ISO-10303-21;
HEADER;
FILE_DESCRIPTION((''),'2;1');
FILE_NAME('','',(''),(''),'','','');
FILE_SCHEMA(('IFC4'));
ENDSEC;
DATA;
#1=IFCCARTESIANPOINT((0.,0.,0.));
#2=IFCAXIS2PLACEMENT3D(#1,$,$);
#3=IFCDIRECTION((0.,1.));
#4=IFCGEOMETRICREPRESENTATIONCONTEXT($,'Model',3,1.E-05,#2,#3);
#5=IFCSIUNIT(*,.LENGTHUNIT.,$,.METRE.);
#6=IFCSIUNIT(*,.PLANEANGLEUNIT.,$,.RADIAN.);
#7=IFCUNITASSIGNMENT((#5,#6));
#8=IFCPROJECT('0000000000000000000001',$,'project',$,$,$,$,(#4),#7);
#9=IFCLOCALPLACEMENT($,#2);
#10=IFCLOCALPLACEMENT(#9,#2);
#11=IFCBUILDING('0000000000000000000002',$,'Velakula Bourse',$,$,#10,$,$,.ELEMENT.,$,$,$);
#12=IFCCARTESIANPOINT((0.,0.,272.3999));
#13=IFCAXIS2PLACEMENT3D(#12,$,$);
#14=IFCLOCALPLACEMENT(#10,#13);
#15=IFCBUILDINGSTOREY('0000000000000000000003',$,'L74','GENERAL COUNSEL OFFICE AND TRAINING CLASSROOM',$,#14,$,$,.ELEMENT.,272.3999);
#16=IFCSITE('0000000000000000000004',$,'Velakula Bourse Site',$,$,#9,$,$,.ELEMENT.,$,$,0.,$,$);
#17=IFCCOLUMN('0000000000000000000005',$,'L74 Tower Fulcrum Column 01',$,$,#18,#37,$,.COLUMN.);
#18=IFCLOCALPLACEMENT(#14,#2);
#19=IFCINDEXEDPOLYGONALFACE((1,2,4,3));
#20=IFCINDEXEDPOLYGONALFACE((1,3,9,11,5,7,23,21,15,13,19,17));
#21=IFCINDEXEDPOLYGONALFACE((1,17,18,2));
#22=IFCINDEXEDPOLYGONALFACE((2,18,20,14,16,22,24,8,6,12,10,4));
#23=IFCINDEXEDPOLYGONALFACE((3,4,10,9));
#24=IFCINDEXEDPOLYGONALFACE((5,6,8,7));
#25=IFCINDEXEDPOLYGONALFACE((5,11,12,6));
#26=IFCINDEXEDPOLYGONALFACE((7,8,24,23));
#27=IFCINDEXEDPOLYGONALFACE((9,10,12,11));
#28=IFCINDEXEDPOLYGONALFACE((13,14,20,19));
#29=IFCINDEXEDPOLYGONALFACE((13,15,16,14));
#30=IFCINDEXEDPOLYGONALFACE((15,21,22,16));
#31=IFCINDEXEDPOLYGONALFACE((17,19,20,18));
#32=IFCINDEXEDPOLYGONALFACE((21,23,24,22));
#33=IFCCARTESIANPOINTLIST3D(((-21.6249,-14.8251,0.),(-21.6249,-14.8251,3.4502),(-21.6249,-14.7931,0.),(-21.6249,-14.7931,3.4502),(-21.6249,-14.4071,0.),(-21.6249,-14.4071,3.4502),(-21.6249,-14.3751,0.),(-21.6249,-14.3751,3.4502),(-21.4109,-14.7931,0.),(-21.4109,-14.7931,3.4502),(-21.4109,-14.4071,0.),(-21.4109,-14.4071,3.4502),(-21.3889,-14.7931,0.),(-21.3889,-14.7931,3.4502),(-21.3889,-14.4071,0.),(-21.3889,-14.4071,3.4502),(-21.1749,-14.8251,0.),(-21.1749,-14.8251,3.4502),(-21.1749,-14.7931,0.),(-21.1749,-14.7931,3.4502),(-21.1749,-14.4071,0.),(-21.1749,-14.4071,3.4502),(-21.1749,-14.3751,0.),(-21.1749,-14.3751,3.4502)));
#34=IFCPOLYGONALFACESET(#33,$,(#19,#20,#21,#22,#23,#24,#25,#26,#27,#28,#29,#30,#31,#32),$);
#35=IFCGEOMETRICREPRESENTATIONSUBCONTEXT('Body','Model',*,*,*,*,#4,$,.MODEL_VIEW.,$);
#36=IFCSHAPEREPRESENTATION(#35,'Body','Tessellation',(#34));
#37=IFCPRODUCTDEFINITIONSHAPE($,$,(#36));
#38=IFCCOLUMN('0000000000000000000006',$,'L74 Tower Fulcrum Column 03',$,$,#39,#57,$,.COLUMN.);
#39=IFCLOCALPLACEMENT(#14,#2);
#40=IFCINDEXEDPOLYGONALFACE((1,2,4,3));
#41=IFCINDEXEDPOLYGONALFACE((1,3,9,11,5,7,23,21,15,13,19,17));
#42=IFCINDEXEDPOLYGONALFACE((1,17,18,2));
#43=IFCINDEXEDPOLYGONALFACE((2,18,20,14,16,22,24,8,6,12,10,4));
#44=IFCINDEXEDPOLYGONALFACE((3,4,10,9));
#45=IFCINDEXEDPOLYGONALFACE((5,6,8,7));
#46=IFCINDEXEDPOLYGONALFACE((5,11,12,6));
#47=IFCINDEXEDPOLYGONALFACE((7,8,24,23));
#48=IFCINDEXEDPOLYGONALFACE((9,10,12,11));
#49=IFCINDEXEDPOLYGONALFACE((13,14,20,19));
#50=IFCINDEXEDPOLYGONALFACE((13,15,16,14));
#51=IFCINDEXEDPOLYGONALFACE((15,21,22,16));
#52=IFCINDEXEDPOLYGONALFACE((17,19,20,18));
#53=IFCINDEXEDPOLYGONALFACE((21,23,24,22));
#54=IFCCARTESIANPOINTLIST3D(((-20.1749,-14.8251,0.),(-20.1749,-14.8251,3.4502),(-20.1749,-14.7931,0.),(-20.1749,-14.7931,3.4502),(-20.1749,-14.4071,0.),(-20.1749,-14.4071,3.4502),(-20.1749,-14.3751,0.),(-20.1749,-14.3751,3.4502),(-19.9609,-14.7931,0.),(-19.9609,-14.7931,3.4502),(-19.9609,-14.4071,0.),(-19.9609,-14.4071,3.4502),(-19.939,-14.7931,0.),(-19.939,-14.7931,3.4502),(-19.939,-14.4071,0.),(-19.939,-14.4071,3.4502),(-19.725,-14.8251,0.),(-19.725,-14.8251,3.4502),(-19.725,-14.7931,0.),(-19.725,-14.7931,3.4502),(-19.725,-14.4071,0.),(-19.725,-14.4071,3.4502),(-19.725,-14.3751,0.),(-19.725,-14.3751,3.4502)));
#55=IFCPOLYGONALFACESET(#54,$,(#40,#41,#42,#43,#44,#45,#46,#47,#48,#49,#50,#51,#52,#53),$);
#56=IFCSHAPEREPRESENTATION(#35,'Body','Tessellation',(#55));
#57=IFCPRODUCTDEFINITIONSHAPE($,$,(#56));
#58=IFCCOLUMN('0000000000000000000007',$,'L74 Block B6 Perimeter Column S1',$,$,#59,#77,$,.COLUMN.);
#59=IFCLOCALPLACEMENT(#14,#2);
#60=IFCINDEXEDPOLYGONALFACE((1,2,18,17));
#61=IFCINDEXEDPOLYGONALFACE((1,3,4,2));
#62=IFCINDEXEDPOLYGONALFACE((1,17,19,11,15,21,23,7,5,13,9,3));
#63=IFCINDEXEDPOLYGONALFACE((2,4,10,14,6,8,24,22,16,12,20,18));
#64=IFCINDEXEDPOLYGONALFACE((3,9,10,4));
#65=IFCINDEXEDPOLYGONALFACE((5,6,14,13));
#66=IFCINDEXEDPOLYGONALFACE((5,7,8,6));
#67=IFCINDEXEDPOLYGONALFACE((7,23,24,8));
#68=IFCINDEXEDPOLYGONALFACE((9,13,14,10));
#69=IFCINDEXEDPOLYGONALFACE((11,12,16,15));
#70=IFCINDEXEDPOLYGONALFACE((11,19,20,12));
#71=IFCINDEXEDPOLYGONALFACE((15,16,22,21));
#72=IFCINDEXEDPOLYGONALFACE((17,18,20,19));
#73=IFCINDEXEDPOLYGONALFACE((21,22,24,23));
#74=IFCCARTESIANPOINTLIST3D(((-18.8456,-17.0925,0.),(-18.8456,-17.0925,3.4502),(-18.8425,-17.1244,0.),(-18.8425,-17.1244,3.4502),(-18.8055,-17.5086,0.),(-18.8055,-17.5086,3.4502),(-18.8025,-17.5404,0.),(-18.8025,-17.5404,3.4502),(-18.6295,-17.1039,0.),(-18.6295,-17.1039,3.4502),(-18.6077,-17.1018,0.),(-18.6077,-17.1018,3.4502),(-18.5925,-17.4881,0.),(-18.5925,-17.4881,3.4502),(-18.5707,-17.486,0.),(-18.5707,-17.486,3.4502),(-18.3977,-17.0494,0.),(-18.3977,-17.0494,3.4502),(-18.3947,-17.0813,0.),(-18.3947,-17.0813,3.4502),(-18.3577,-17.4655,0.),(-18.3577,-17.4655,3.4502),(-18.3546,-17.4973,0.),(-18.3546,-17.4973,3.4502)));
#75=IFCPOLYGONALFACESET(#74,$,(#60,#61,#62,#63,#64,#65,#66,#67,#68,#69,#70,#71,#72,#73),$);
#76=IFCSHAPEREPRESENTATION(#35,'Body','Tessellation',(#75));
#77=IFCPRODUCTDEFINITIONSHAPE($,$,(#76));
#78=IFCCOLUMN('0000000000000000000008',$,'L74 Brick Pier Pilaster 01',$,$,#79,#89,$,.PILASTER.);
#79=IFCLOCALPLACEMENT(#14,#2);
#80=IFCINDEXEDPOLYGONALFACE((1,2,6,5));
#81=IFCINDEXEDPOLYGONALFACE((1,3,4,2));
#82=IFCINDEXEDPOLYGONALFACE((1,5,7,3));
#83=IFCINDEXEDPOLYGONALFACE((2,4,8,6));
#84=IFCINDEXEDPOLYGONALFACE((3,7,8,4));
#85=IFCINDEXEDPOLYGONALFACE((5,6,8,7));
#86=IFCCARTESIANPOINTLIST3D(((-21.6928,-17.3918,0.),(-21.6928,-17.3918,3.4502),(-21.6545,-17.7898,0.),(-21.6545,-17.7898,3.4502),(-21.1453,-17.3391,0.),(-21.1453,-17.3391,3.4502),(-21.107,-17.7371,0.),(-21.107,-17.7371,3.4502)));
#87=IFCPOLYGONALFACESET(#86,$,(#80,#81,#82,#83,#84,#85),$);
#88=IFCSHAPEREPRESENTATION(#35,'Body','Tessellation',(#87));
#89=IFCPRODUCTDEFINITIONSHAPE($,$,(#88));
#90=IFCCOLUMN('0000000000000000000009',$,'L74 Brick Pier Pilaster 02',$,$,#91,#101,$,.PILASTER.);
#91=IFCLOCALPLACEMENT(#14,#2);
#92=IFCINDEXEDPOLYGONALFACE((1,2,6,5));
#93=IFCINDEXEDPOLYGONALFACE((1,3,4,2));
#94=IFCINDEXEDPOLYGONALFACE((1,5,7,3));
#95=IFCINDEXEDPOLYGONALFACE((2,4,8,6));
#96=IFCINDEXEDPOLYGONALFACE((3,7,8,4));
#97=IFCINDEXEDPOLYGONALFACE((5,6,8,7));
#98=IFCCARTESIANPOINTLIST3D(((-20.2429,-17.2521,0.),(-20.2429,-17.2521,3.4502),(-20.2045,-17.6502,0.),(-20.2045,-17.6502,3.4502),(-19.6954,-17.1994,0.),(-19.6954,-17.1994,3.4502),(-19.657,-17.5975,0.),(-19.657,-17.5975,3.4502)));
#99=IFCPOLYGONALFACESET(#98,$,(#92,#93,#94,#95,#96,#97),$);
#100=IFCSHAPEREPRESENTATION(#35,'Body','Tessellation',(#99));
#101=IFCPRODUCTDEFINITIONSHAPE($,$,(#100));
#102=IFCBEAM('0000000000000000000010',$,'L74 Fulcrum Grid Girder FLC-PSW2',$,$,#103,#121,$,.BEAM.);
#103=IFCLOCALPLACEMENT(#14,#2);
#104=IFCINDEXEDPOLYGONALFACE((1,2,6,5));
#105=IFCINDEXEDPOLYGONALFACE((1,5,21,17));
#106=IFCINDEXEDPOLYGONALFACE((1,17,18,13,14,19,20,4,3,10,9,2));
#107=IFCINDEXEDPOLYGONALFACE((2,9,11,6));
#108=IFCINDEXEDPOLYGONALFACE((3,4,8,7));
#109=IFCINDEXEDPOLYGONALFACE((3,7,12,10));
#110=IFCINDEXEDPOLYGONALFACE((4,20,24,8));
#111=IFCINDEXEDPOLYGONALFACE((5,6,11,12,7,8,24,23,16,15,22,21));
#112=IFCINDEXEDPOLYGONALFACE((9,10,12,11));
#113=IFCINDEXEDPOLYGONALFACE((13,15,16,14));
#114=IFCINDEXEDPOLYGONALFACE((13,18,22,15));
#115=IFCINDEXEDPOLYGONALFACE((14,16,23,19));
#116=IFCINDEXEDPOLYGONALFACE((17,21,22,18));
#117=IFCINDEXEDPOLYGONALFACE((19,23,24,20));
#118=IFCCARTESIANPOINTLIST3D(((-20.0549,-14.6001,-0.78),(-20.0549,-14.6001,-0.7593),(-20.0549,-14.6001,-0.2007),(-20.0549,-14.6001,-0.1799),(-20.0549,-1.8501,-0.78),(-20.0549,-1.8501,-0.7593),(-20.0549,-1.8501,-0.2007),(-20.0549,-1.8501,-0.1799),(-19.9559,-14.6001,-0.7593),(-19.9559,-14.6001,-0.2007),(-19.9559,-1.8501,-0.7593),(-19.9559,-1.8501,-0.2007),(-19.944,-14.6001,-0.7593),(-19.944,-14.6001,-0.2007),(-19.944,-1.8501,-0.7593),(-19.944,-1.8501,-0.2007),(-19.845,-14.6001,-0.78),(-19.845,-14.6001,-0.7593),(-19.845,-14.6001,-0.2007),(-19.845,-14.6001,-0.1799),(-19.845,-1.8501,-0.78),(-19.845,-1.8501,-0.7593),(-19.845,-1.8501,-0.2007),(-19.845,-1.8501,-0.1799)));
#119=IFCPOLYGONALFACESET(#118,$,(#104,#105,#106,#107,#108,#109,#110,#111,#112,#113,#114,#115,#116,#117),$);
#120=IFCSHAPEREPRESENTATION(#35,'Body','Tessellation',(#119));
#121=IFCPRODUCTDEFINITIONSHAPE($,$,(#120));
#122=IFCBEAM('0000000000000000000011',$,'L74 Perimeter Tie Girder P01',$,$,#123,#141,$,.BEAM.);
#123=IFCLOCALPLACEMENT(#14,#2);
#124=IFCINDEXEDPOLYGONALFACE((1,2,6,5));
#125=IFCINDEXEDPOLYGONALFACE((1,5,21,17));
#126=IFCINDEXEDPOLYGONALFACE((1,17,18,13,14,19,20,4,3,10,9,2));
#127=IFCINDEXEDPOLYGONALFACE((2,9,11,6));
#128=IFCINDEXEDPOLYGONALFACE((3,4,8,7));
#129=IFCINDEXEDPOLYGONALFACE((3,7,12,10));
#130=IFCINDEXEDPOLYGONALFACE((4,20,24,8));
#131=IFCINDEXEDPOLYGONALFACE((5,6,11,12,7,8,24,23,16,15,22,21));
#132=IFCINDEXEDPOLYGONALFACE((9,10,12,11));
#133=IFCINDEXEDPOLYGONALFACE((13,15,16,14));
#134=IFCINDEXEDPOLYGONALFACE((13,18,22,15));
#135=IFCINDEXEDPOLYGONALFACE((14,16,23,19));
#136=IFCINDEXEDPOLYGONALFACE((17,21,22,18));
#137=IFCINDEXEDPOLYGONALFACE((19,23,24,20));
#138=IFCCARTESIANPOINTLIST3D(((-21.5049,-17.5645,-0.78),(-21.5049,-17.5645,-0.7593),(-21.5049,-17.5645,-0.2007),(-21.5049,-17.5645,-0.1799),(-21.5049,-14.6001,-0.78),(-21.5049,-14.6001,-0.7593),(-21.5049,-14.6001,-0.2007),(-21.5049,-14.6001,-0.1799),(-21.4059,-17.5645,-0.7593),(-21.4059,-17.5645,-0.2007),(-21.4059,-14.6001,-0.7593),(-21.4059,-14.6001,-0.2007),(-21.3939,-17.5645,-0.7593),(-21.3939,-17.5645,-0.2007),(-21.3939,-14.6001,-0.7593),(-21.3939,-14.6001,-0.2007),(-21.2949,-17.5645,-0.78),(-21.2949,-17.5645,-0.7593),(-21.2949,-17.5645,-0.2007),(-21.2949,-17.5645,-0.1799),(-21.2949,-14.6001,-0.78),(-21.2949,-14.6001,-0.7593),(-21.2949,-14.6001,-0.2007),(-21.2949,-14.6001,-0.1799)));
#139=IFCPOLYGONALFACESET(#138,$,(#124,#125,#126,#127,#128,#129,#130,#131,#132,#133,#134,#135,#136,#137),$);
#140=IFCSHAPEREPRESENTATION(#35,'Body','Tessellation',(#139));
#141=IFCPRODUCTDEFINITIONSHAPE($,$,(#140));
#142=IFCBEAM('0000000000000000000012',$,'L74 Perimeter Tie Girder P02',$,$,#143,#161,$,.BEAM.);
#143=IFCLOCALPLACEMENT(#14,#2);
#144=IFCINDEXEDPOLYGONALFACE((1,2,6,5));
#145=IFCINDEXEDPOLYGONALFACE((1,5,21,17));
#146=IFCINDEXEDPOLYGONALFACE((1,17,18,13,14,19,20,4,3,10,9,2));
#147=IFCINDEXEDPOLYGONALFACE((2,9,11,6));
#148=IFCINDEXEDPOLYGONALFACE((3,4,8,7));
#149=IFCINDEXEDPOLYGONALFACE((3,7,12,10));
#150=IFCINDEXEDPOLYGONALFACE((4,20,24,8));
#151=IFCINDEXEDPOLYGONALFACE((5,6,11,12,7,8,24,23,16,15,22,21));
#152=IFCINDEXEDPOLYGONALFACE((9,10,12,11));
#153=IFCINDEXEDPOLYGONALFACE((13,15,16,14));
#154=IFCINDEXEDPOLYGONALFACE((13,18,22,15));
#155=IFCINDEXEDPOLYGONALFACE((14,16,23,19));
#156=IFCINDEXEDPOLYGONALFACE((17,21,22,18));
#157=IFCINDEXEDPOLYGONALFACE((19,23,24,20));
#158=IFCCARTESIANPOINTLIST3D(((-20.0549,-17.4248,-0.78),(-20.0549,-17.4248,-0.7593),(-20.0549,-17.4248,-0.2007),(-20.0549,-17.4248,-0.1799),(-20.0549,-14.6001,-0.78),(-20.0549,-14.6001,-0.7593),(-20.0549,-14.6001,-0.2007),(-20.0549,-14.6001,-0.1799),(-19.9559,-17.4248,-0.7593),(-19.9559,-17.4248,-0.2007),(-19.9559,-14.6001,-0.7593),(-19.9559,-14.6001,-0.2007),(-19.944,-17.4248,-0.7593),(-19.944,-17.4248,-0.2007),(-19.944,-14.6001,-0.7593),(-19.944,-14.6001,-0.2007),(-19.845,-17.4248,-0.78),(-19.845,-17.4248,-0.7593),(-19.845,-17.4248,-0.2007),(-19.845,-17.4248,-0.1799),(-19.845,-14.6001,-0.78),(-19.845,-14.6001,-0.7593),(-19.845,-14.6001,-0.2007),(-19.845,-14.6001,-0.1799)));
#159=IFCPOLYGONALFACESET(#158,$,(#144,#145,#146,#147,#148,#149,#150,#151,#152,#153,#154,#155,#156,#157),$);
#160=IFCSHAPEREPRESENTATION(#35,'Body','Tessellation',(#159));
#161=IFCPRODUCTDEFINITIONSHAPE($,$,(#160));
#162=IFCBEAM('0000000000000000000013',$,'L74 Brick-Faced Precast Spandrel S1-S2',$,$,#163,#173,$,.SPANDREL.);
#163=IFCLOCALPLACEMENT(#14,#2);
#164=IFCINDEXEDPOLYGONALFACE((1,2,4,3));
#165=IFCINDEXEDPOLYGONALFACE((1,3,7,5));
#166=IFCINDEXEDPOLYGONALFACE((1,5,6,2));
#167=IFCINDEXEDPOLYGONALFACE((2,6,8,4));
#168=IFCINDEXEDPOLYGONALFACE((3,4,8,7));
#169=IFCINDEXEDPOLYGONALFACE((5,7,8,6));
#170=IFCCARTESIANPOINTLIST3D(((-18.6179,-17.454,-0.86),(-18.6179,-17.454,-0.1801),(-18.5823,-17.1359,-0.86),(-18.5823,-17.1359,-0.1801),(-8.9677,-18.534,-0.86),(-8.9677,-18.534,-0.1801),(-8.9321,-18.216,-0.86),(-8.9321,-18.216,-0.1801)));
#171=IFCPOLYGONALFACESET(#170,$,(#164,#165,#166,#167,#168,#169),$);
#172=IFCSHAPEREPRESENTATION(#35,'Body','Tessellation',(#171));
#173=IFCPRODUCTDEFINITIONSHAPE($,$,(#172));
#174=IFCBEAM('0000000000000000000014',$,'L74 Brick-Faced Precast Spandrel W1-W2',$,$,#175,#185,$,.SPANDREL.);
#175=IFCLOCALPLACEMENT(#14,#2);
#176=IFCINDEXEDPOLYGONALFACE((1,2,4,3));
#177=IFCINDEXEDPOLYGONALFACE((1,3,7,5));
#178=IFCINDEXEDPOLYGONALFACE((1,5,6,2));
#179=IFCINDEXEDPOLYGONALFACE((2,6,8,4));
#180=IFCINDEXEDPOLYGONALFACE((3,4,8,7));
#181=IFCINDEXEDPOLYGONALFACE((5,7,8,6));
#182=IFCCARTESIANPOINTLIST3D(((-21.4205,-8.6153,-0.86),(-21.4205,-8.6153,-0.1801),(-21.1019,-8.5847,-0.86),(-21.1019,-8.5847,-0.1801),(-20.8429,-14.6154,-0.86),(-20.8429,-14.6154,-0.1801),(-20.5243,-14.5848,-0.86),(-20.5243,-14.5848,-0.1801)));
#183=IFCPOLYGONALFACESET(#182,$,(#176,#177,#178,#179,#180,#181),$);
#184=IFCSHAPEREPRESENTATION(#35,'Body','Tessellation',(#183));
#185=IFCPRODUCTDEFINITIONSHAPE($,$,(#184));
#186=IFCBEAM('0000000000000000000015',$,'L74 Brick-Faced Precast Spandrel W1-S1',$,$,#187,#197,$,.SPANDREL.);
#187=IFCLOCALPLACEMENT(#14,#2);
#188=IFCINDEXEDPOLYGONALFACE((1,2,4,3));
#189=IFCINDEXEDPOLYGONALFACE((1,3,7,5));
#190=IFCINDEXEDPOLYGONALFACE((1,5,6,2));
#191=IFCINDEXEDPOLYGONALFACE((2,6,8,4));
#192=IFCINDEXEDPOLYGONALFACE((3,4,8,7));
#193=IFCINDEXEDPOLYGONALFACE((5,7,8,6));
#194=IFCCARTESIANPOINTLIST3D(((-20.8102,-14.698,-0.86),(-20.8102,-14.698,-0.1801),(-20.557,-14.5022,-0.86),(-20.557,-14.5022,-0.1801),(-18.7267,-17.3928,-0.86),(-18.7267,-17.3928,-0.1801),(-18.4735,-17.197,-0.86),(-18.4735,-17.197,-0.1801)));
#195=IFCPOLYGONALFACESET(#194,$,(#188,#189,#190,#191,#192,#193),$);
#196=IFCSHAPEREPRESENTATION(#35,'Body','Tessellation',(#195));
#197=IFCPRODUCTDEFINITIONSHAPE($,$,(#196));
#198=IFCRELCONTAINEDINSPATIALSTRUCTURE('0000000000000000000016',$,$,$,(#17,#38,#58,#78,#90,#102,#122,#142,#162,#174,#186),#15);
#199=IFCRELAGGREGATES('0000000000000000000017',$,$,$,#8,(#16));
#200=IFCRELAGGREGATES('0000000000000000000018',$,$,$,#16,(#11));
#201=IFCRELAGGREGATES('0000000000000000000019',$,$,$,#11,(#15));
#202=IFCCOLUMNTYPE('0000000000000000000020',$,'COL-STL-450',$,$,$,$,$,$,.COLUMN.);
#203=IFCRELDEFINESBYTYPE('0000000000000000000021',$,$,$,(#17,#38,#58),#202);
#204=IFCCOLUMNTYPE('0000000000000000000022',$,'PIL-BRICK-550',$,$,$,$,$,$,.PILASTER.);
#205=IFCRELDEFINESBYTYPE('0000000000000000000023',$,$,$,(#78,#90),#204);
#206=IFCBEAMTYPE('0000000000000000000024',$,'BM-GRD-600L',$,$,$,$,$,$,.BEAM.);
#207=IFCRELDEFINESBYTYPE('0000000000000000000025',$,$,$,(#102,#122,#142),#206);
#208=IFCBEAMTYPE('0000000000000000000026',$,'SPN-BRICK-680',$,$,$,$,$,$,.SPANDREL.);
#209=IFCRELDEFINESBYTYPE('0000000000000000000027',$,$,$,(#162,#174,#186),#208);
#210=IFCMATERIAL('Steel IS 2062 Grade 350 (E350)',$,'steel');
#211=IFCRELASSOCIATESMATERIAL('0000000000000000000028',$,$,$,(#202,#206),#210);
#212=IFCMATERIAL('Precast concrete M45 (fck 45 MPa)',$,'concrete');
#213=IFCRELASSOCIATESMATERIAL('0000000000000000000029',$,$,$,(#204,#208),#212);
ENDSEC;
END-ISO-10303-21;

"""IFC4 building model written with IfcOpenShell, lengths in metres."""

from ifc_helpers import new_model, si_unit, direction, frame, origin, origin_2d, place, context, subcontext, project, spatial, rectangle, i_section, extrude, material, material_profile, profile_set, type_object, element, save


model = new_model("IFC4")

# Units and contexts
model_context = context("Model", 3, precision=1e-05, world=origin(), true_north=direction((0.0, 1.0)))
body_context = subcontext(model_context, "Body", "Model", "MODEL_VIEW")
ifc_project = project(units=[si_unit("LENGTHUNIT", "METRE"), si_unit("PLANEANGLEUNIT", "RADIAN")], contexts=[model_context])

# Site, building, storey
site_placement = place(None, origin())
site = spatial("IfcSite", under=ifc_project, at=site_placement, Name="Velakula Bourse Site", CompositionType="ELEMENT", RefElevation=0.0)
building_placement = place(site_placement, origin())
building = spatial("IfcBuilding", under=site, at=building_placement, Name="Velakula Bourse", CompositionType="ELEMENT")
storey_placement = place(building_placement, frame((0.0, 0.0, 272.3999)))
storey = spatial("IfcBuildingStorey", under=building, at=storey_placement, Name="L74", Description="GENERAL COUNSEL OFFICE AND TRAINING CLASSROOM", CompositionType="ELEMENT", Elevation=272.3999)

# Columns
ifc_material_1 = material(Name="Steel IS 2062 Grade 350 (E350)", Category="steel")
ifc_material_profile_1 = material_profile(ifc_material_1, i_section(OverallWidth=0.45, OverallDepth=0.45, WebThickness=0.022, FlangeThickness=0.032, at=origin_2d()), Name="Steel IS 2062 Grade 350 (E350)")
ifc_profile_set_1 = profile_set([ifc_material_profile_1], Name="Steel IS 2062 Grade 350 (E350)")
column_type_1 = type_object("IfcColumnType", Name="COL-STL-450", PredefinedType="COLUMN", material=ifc_profile_set_1)
for number, where, z_axis, x_axis, name in (
    (1, (-21.3999, -14.6001, 0.0), (0.0, 0.0, 1.0), (1.0, 0.0, 0.0), "L74 Tower Fulcrum Column 01"),
    (2, (-19.95, -14.6001, 0.0), (0.0, 0.0, 1.0), (1.0, 0.0, 0.0), "L74 Tower Fulcrum Column 03"),
    (3, (-18.6001, -17.2949, 0.0), (0.0, 0.0, 1.0), (0.995396, 0.095846, 0.0), "L74 Block B6 Perimeter Column S1"),
):
    element("IfcColumn", number, at=place(storey_placement, frame(where, z_axis=z_axis, x_axis=x_axis)), inside=storey, type_object=column_type_1, Name=name, PredefinedType="COLUMN", context=body_context, shape_type="SweptSolid", body=[
        extrude(i_section(OverallWidth=0.45, OverallDepth=0.45, WebThickness=0.022, FlangeThickness=0.032, at=origin_2d()), origin(), (0.0, 0.0, 1.0), 3.4502),
    ])
ifc_material_2 = material(Name="Precast concrete M45 (fck 45 MPa)", Category="concrete")
ifc_material_profile_2 = material_profile(ifc_material_2, rectangle(XDim=0.55, YDim=0.3999, at=origin_2d()), Name="Precast concrete M45 (fck 45 MPa)")
ifc_profile_set_2 = profile_set([ifc_material_profile_2], Name="Precast concrete M45 (fck 45 MPa)")
column_type_2 = type_object("IfcColumnType", Name="PIL-BRICK-550", PredefinedType="PILASTER", material=ifc_profile_set_2)
for number, where, z_axis, x_axis, name in (
    (4, (-21.3999, -17.5645, 0.0), (0.0, 0.0, 1.0), (0.995396, 0.095846, 0.0), "L74 Brick Pier Pilaster 01"),
    (5, (-19.95, -17.4248, 0.0), (0.0, 0.0, 1.0), (0.995396, 0.095846, 0.0), "L74 Brick Pier Pilaster 02"),
):
    element("IfcColumn", number, at=place(storey_placement, frame(where, z_axis=z_axis, x_axis=x_axis)), inside=storey, type_object=column_type_2, Name=name, PredefinedType="PILASTER", context=body_context, shape_type="SweptSolid", body=[
        extrude(rectangle(XDim=0.55, YDim=0.3999, at=origin_2d()), origin(), (0.0, 0.0, 1.0), 3.4502),
    ])

# Beams
ifc_material_profile_3 = material_profile(ifc_material_1, i_section(OverallWidth=0.21, OverallDepth=0.6001, WebThickness=0.012, FlangeThickness=0.0208, at=origin_2d()), Name="Steel IS 2062 Grade 350 (E350)")
ifc_profile_set_3 = profile_set([ifc_material_profile_3], Name="Steel IS 2062 Grade 350 (E350)")
beam_type_1 = type_object("IfcBeamType", Name="BM-GRD-600L", PredefinedType="BEAM", material=ifc_profile_set_3)
beam_1_placement = place(storey_placement, frame((-19.95, -14.6001, -0.48), z_axis=(0.0, 1.0, 0.0), x_axis=(-1.0, 0.0, 0.0)))
element("IfcBeam", 6, at=beam_1_placement, inside=storey, type_object=beam_type_1, Name="L74 Fulcrum Grid Girder FLC-PSW2", PredefinedType="BEAM", context=body_context, shape_type="SweptSolid", body=[
    extrude(i_section(OverallWidth=0.21, OverallDepth=0.6001, WebThickness=0.012, FlangeThickness=0.0208, at=origin_2d()), origin(), (0.0, 0.0, 1.0), 12.75),
])
beam_2_placement = place(storey_placement, frame((-21.3999, -14.6001, -0.48), z_axis=(0.0, -1.0, 0.0), x_axis=(1.0, 0.0, 0.0)))
element("IfcBeam", 7, at=beam_2_placement, inside=storey, type_object=beam_type_1, Name="L74 Perimeter Tie Girder P01", PredefinedType="BEAM", context=body_context, shape_type="SweptSolid", body=[
    extrude(i_section(OverallWidth=0.21, OverallDepth=0.6001, WebThickness=0.012, FlangeThickness=0.0208, at=origin_2d()), origin(), (0.0, 0.0, 1.0), 2.9644),
])
beam_3_placement = place(storey_placement, frame((-19.95, -14.6001, -0.48), z_axis=(0.0, -1.0, 0.0), x_axis=(1.0, 0.0, 0.0)))
element("IfcBeam", 8, at=beam_3_placement, inside=storey, type_object=beam_type_1, Name="L74 Perimeter Tie Girder P02", PredefinedType="BEAM", context=body_context, shape_type="SweptSolid", body=[
    extrude(i_section(OverallWidth=0.21, OverallDepth=0.6001, WebThickness=0.012, FlangeThickness=0.0208, at=origin_2d()), origin(), (0.0, 0.0, 1.0), 2.8247),
])
ifc_material_profile_4 = material_profile(ifc_material_2, rectangle(XDim=0.3201, YDim=0.6799, at=origin_2d()), Name="Precast concrete M45 (fck 45 MPa)")
ifc_profile_set_4 = profile_set([ifc_material_profile_4], Name="Precast concrete M45 (fck 45 MPa)")
beam_type_2 = type_object("IfcBeamType", Name="SPN-BRICK-680", PredefinedType="SPANDREL", material=ifc_profile_set_4)
beam_4_placement = place(storey_placement, frame((-18.6001, -17.2949, -0.52), z_axis=(0.993795, -0.111229, 0.0), x_axis=(0.111229, 0.993795, 0.0)))
element("IfcBeam", 9, at=beam_4_placement, inside=storey, type_object=beam_type_2, Name="L74 Brick-Faced Precast Spandrel S1-S2", PredefinedType="SPANDREL", context=body_context, shape_type="SweptSolid", body=[
    extrude(rectangle(XDim=0.3201, YDim=0.6799, at=origin_2d()), origin(), (0.0, 0.0, 1.0), 9.7104),
])
beam_5_placement = place(storey_placement, frame((-20.6836, -14.6001, -0.52), z_axis=(-0.09583, 0.995398, 0.0), x_axis=(-0.995398, -0.09583, 0.0)))
element("IfcBeam", 10, at=beam_5_placement, inside=storey, type_object=beam_type_2, Name="L74 Brick-Faced Precast Spandrel W1-W2", PredefinedType="SPANDREL", context=body_context, shape_type="SweptSolid", body=[
    extrude(rectangle(XDim=0.3201, YDim=0.6799, at=origin_2d()), origin(), (0.0, 0.0, 1.0), 6.0278),
])
beam_6_placement = place(storey_placement, frame((-20.6836, -14.6001, -0.52), z_axis=(0.611656, -0.791124, 0.0), x_axis=(0.791124, 0.611656, 0.0)))
element("IfcBeam", 11, at=beam_6_placement, inside=storey, type_object=beam_type_2, Name="L74 Brick-Faced Precast Spandrel W1-S1", PredefinedType="SPANDREL", context=body_context, shape_type="SweptSolid", body=[
    extrude(rectangle(XDim=0.3201, YDim=0.6799, at=origin_2d()), origin(), (0.0, 0.0, 1.0), 3.4062),
])

save(model, "model.ifc")
